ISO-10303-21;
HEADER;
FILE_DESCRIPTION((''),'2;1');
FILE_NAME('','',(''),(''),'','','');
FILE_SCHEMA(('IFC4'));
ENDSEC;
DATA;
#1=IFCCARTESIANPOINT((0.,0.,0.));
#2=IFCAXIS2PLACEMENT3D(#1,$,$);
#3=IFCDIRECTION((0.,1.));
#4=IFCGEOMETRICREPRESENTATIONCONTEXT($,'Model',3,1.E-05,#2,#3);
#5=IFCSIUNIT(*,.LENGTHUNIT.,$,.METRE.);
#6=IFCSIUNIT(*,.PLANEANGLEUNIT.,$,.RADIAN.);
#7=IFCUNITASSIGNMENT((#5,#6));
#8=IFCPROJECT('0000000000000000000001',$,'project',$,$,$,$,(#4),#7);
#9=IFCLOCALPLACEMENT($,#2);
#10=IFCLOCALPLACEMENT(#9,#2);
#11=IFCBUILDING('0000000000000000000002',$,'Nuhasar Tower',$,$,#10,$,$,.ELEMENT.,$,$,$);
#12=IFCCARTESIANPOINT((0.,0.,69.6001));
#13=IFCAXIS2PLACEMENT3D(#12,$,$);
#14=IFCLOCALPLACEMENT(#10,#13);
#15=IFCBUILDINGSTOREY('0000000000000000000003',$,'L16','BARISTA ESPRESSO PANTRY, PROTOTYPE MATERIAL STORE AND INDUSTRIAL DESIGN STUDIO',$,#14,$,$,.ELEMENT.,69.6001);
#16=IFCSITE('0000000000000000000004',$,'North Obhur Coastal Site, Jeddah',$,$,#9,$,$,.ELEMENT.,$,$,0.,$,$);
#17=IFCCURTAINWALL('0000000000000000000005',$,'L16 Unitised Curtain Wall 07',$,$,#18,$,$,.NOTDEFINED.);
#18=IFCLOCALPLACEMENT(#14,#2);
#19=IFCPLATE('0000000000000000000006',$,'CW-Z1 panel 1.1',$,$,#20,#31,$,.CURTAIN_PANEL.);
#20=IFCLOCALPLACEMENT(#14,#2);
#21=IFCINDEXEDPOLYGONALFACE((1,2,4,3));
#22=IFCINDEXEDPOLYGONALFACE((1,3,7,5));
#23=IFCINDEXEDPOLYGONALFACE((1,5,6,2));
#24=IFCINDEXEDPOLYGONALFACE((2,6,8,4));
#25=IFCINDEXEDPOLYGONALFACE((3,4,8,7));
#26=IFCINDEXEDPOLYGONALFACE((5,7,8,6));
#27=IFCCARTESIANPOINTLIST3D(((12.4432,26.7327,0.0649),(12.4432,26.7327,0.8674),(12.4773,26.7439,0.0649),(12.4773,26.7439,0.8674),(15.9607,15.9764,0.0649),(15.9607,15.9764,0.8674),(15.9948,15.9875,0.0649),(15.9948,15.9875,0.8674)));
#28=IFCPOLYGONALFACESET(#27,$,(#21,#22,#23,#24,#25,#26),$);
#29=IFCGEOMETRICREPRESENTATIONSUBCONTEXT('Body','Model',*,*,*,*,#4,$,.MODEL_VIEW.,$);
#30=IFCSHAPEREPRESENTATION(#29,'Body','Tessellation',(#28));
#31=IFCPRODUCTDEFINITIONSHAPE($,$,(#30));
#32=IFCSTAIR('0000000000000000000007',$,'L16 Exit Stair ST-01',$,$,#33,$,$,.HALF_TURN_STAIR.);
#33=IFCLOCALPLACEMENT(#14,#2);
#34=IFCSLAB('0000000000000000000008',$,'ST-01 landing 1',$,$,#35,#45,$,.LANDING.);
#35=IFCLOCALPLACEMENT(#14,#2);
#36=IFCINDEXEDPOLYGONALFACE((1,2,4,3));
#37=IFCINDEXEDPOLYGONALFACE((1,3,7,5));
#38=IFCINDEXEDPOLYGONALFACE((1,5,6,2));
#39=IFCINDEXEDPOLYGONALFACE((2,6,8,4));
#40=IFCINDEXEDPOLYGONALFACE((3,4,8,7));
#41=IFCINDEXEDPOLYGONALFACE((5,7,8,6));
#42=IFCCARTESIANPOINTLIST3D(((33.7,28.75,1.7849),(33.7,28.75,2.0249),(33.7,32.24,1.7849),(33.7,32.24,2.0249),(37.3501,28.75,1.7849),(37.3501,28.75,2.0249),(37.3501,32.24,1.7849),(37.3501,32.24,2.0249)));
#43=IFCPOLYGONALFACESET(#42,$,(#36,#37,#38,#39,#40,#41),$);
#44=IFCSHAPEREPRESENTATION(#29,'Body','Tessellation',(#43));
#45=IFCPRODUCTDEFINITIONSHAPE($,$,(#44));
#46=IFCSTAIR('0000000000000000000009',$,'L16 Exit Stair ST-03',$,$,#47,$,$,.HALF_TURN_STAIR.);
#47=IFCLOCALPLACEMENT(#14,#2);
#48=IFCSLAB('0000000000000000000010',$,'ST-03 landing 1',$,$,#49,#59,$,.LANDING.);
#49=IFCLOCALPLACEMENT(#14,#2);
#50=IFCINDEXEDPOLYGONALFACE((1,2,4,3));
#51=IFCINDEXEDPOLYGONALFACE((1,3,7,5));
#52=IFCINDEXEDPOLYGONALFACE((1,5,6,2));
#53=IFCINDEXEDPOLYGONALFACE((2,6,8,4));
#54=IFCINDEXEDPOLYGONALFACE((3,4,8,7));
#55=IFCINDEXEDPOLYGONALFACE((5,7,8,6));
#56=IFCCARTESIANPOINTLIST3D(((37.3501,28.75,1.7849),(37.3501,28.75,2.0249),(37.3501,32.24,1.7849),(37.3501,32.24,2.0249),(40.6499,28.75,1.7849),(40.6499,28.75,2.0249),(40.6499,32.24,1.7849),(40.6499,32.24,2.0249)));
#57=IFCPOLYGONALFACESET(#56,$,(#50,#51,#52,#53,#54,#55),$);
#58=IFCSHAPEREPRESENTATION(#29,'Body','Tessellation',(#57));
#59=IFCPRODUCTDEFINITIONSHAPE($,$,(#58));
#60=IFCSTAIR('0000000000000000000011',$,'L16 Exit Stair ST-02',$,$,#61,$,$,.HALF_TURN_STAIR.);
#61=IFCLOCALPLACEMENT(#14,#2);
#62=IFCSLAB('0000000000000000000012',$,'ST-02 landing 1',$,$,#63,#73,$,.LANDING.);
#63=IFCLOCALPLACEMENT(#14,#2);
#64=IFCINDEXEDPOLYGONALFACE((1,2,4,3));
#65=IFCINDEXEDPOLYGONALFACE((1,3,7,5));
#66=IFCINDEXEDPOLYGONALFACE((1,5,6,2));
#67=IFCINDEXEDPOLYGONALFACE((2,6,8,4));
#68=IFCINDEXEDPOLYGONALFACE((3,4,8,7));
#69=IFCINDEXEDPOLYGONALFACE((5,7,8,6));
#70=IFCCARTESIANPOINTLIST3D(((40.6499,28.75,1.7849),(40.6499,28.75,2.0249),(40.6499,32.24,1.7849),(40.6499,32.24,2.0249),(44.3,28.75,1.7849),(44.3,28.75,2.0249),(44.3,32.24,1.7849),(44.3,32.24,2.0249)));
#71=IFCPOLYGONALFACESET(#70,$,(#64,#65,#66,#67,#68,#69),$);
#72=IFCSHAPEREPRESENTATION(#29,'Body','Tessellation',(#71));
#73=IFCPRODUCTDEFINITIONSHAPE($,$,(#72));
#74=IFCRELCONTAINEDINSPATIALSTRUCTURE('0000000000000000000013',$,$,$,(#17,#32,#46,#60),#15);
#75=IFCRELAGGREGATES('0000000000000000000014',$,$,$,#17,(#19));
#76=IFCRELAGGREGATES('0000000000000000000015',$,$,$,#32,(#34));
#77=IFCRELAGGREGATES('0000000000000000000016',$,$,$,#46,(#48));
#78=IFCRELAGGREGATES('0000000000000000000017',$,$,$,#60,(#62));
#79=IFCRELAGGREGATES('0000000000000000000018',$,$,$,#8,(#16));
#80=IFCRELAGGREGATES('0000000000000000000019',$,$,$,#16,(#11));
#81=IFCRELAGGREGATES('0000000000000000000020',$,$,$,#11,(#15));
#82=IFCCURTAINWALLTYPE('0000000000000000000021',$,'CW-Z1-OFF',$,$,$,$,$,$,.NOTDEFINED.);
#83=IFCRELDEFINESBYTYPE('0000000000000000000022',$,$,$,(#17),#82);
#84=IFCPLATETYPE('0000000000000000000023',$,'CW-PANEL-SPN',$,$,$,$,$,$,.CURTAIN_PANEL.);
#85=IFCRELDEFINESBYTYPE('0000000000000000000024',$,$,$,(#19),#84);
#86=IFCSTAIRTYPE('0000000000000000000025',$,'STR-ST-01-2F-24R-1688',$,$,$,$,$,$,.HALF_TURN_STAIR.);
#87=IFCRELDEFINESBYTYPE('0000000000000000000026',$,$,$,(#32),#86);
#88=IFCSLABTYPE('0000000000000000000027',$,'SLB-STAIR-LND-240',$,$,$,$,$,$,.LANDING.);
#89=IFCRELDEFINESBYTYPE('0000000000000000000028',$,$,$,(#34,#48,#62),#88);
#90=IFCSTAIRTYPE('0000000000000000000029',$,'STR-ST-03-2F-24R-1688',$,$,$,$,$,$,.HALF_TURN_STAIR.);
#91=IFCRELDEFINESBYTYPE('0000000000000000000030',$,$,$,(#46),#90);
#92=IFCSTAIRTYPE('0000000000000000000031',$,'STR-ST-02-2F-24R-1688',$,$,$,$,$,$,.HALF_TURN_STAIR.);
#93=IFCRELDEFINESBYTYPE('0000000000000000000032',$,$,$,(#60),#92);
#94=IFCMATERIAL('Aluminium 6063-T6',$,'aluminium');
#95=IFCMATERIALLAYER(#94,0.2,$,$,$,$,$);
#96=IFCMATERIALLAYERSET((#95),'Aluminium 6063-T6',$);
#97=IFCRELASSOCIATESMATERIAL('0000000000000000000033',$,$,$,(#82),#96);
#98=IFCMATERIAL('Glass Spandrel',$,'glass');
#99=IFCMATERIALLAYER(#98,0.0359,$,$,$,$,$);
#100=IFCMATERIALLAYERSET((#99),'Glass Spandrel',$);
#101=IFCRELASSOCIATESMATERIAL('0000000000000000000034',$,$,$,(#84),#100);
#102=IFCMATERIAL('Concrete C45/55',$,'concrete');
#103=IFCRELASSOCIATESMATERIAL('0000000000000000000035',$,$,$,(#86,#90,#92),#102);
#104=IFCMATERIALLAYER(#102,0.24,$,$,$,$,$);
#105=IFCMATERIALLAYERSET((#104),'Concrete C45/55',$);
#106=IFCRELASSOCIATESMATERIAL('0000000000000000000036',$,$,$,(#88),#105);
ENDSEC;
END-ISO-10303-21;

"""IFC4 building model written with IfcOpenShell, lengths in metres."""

from ifc_helpers import new_model, si_unit, direction, frame, origin, origin_2d, place, context, subcontext, project, spatial, polyline, rectangle, outline, extrude, material, layer, layer_set, type_object, element, aggregate, save


model = new_model("IFC4")

# Units and contexts
model_context = context("Model", 3, precision=1e-05, world=origin(), true_north=direction((0.0, 1.0)))
body_context = subcontext(model_context, "Body", "Model", "MODEL_VIEW")
ifc_project = project(units=[si_unit("LENGTHUNIT", "METRE"), si_unit("PLANEANGLEUNIT", "RADIAN")], contexts=[model_context])

# Site, building, storey
site_placement = place(None, origin())
site = spatial("IfcSite", under=ifc_project, at=site_placement, Name="North Obhur Coastal Site, Jeddah", CompositionType="ELEMENT", RefElevation=0.0)
building_placement = place(site_placement, origin())
building = spatial("IfcBuilding", under=site, at=building_placement, Name="Nuhasar Tower", CompositionType="ELEMENT")
storey_placement = place(building_placement, frame((0.0, 0.0, 69.6001)))
storey = spatial("IfcBuildingStorey", under=building, at=storey_placement, Name="L16", Description="BARISTA ESPRESSO PANTRY, PROTOTYPE MATERIAL STORE AND INDUSTRIAL DESIGN STUDIO", CompositionType="ELEMENT", Elevation=69.6001)

# Curtain wall
ifc_material_1 = material(Name="Aluminium 6063-T6", Category="aluminium")
ifc_layer_1 = layer(ifc_material_1, 0.2)
ifc_layer_set_1 = layer_set([ifc_layer_1], Name="Aluminium 6063-T6")
curtain_wall_type = type_object("IfcCurtainWallType", Name="CW-Z1-OFF", PredefinedType="NOTDEFINED", material=ifc_layer_set_1)
curtain_wall_1_placement = place(storey_placement, origin())
curtain_wall_1 = element("IfcCurtainWall", 1, at=curtain_wall_1_placement, inside=storey, type_object=curtain_wall_type, Name="L16 Unitised Curtain Wall 07", PredefinedType="NOTDEFINED")

# Plate
ifc_material_2 = material(Name="Glass Spandrel", Category="glass")
ifc_layer_2 = layer(ifc_material_2, 0.0359)
ifc_layer_set_2 = layer_set([ifc_layer_2], Name="Glass Spandrel")
plate_type_1 = type_object("IfcPlateType", Name="CW-PANEL-SPN", PredefinedType="CURTAIN_PANEL", material=ifc_layer_set_2)
plate_1_placement = place(storey_placement, frame((14.219, 21.3601, 0.0649), z_axis=(0.0, 0.0, 1.0), x_axis=(0.310824, -0.950468, 0.0)))
plate_1 = element("IfcPlate", 2, at=plate_1_placement, type_object=plate_type_1, Name="CW-Z1 panel 1.1", PredefinedType="CURTAIN_PANEL", context=body_context, shape_type="SweptSolid", body=[
    extrude(rectangle(XDim=11.3169, YDim=0.0359, at=origin_2d()), origin(), (0.0, 0.0, 1.0), 0.8025),
])
aggregate(curtain_wall_1, [plate_1])

# Stairs, slabs
ifc_material_3 = material(Name="Concrete C45/55", Category="concrete")
stair_type_1 = type_object("IfcStairType", Name="STR-ST-01-2F-24R-1688", PredefinedType="HALF_TURN_STAIR", material=ifc_material_3)
stair_1_placement = place(storey_placement, origin())
stair_1 = element("IfcStair", 3, at=stair_1_placement, inside=storey, type_object=stair_type_1, Name="L16 Exit Stair ST-01", PredefinedType="HALF_TURN_STAIR")
ifc_layer_3 = layer(ifc_material_3, 0.24)
ifc_layer_set_3 = layer_set([ifc_layer_3], Name="Concrete C45/55")
slab_type_1 = type_object("IfcSlabType", Name="SLB-STAIR-LND-240", PredefinedType="LANDING", material=ifc_layer_set_3)
slab_1_placement = place(storey_placement, frame((0.0, 0.0, 1.7849)))
slab_1 = element("IfcSlab", 4, at=slab_1_placement, type_object=slab_type_1, Name="ST-01 landing 1", PredefinedType="LANDING", context=body_context, shape_type="SweptSolid", body=[
    extrude(outline(polyline([(33.7, 28.75), (37.3501, 28.75), (37.3501, 32.24), (33.7, 32.24), (33.7, 28.75)])), origin(), (0.0, 0.0, 1.0), 0.24),
])
aggregate(stair_1, [slab_1])
stair_type_2 = type_object("IfcStairType", Name="STR-ST-03-2F-24R-1688", PredefinedType="HALF_TURN_STAIR", material=ifc_material_3)
stair_2_placement = place(storey_placement, origin())
stair_2 = element("IfcStair", 5, at=stair_2_placement, inside=storey, type_object=stair_type_2, Name="L16 Exit Stair ST-03", PredefinedType="HALF_TURN_STAIR")
slab_2_placement = place(storey_placement, frame((0.0, 0.0, 1.7849)))
slab_2 = element("IfcSlab", 6, at=slab_2_placement, type_object=slab_type_1, Name="ST-03 landing 1", PredefinedType="LANDING", context=body_context, shape_type="SweptSolid", body=[
    extrude(outline(polyline([(37.3501, 28.75), (40.6499, 28.75), (40.6499, 32.24), (37.3501, 32.24), (37.3501, 28.75)])), origin(), (0.0, 0.0, 1.0), 0.24),
])
aggregate(stair_2, [slab_2])
stair_type_3 = type_object("IfcStairType", Name="STR-ST-02-2F-24R-1688", PredefinedType="HALF_TURN_STAIR", material=ifc_material_3)
stair_3_placement = place(storey_placement, origin())
stair_3 = element("IfcStair", 7, at=stair_3_placement, inside=storey, type_object=stair_type_3, Name="L16 Exit Stair ST-02", PredefinedType="HALF_TURN_STAIR")
slab_3_placement = place(storey_placement, frame((0.0, 0.0, 1.7849)))
slab_3 = element("IfcSlab", 8, at=slab_3_placement, type_object=slab_type_1, Name="ST-02 landing 1", PredefinedType="LANDING", context=body_context, shape_type="SweptSolid", body=[
    extrude(outline(polyline([(40.6499, 28.75), (44.3, 28.75), (44.3, 32.24), (40.6499, 32.24), (40.6499, 28.75)])), origin(), (0.0, 0.0, 1.0), 0.24),
])
aggregate(stair_3, [slab_3])

save(model, "model.ifc")
